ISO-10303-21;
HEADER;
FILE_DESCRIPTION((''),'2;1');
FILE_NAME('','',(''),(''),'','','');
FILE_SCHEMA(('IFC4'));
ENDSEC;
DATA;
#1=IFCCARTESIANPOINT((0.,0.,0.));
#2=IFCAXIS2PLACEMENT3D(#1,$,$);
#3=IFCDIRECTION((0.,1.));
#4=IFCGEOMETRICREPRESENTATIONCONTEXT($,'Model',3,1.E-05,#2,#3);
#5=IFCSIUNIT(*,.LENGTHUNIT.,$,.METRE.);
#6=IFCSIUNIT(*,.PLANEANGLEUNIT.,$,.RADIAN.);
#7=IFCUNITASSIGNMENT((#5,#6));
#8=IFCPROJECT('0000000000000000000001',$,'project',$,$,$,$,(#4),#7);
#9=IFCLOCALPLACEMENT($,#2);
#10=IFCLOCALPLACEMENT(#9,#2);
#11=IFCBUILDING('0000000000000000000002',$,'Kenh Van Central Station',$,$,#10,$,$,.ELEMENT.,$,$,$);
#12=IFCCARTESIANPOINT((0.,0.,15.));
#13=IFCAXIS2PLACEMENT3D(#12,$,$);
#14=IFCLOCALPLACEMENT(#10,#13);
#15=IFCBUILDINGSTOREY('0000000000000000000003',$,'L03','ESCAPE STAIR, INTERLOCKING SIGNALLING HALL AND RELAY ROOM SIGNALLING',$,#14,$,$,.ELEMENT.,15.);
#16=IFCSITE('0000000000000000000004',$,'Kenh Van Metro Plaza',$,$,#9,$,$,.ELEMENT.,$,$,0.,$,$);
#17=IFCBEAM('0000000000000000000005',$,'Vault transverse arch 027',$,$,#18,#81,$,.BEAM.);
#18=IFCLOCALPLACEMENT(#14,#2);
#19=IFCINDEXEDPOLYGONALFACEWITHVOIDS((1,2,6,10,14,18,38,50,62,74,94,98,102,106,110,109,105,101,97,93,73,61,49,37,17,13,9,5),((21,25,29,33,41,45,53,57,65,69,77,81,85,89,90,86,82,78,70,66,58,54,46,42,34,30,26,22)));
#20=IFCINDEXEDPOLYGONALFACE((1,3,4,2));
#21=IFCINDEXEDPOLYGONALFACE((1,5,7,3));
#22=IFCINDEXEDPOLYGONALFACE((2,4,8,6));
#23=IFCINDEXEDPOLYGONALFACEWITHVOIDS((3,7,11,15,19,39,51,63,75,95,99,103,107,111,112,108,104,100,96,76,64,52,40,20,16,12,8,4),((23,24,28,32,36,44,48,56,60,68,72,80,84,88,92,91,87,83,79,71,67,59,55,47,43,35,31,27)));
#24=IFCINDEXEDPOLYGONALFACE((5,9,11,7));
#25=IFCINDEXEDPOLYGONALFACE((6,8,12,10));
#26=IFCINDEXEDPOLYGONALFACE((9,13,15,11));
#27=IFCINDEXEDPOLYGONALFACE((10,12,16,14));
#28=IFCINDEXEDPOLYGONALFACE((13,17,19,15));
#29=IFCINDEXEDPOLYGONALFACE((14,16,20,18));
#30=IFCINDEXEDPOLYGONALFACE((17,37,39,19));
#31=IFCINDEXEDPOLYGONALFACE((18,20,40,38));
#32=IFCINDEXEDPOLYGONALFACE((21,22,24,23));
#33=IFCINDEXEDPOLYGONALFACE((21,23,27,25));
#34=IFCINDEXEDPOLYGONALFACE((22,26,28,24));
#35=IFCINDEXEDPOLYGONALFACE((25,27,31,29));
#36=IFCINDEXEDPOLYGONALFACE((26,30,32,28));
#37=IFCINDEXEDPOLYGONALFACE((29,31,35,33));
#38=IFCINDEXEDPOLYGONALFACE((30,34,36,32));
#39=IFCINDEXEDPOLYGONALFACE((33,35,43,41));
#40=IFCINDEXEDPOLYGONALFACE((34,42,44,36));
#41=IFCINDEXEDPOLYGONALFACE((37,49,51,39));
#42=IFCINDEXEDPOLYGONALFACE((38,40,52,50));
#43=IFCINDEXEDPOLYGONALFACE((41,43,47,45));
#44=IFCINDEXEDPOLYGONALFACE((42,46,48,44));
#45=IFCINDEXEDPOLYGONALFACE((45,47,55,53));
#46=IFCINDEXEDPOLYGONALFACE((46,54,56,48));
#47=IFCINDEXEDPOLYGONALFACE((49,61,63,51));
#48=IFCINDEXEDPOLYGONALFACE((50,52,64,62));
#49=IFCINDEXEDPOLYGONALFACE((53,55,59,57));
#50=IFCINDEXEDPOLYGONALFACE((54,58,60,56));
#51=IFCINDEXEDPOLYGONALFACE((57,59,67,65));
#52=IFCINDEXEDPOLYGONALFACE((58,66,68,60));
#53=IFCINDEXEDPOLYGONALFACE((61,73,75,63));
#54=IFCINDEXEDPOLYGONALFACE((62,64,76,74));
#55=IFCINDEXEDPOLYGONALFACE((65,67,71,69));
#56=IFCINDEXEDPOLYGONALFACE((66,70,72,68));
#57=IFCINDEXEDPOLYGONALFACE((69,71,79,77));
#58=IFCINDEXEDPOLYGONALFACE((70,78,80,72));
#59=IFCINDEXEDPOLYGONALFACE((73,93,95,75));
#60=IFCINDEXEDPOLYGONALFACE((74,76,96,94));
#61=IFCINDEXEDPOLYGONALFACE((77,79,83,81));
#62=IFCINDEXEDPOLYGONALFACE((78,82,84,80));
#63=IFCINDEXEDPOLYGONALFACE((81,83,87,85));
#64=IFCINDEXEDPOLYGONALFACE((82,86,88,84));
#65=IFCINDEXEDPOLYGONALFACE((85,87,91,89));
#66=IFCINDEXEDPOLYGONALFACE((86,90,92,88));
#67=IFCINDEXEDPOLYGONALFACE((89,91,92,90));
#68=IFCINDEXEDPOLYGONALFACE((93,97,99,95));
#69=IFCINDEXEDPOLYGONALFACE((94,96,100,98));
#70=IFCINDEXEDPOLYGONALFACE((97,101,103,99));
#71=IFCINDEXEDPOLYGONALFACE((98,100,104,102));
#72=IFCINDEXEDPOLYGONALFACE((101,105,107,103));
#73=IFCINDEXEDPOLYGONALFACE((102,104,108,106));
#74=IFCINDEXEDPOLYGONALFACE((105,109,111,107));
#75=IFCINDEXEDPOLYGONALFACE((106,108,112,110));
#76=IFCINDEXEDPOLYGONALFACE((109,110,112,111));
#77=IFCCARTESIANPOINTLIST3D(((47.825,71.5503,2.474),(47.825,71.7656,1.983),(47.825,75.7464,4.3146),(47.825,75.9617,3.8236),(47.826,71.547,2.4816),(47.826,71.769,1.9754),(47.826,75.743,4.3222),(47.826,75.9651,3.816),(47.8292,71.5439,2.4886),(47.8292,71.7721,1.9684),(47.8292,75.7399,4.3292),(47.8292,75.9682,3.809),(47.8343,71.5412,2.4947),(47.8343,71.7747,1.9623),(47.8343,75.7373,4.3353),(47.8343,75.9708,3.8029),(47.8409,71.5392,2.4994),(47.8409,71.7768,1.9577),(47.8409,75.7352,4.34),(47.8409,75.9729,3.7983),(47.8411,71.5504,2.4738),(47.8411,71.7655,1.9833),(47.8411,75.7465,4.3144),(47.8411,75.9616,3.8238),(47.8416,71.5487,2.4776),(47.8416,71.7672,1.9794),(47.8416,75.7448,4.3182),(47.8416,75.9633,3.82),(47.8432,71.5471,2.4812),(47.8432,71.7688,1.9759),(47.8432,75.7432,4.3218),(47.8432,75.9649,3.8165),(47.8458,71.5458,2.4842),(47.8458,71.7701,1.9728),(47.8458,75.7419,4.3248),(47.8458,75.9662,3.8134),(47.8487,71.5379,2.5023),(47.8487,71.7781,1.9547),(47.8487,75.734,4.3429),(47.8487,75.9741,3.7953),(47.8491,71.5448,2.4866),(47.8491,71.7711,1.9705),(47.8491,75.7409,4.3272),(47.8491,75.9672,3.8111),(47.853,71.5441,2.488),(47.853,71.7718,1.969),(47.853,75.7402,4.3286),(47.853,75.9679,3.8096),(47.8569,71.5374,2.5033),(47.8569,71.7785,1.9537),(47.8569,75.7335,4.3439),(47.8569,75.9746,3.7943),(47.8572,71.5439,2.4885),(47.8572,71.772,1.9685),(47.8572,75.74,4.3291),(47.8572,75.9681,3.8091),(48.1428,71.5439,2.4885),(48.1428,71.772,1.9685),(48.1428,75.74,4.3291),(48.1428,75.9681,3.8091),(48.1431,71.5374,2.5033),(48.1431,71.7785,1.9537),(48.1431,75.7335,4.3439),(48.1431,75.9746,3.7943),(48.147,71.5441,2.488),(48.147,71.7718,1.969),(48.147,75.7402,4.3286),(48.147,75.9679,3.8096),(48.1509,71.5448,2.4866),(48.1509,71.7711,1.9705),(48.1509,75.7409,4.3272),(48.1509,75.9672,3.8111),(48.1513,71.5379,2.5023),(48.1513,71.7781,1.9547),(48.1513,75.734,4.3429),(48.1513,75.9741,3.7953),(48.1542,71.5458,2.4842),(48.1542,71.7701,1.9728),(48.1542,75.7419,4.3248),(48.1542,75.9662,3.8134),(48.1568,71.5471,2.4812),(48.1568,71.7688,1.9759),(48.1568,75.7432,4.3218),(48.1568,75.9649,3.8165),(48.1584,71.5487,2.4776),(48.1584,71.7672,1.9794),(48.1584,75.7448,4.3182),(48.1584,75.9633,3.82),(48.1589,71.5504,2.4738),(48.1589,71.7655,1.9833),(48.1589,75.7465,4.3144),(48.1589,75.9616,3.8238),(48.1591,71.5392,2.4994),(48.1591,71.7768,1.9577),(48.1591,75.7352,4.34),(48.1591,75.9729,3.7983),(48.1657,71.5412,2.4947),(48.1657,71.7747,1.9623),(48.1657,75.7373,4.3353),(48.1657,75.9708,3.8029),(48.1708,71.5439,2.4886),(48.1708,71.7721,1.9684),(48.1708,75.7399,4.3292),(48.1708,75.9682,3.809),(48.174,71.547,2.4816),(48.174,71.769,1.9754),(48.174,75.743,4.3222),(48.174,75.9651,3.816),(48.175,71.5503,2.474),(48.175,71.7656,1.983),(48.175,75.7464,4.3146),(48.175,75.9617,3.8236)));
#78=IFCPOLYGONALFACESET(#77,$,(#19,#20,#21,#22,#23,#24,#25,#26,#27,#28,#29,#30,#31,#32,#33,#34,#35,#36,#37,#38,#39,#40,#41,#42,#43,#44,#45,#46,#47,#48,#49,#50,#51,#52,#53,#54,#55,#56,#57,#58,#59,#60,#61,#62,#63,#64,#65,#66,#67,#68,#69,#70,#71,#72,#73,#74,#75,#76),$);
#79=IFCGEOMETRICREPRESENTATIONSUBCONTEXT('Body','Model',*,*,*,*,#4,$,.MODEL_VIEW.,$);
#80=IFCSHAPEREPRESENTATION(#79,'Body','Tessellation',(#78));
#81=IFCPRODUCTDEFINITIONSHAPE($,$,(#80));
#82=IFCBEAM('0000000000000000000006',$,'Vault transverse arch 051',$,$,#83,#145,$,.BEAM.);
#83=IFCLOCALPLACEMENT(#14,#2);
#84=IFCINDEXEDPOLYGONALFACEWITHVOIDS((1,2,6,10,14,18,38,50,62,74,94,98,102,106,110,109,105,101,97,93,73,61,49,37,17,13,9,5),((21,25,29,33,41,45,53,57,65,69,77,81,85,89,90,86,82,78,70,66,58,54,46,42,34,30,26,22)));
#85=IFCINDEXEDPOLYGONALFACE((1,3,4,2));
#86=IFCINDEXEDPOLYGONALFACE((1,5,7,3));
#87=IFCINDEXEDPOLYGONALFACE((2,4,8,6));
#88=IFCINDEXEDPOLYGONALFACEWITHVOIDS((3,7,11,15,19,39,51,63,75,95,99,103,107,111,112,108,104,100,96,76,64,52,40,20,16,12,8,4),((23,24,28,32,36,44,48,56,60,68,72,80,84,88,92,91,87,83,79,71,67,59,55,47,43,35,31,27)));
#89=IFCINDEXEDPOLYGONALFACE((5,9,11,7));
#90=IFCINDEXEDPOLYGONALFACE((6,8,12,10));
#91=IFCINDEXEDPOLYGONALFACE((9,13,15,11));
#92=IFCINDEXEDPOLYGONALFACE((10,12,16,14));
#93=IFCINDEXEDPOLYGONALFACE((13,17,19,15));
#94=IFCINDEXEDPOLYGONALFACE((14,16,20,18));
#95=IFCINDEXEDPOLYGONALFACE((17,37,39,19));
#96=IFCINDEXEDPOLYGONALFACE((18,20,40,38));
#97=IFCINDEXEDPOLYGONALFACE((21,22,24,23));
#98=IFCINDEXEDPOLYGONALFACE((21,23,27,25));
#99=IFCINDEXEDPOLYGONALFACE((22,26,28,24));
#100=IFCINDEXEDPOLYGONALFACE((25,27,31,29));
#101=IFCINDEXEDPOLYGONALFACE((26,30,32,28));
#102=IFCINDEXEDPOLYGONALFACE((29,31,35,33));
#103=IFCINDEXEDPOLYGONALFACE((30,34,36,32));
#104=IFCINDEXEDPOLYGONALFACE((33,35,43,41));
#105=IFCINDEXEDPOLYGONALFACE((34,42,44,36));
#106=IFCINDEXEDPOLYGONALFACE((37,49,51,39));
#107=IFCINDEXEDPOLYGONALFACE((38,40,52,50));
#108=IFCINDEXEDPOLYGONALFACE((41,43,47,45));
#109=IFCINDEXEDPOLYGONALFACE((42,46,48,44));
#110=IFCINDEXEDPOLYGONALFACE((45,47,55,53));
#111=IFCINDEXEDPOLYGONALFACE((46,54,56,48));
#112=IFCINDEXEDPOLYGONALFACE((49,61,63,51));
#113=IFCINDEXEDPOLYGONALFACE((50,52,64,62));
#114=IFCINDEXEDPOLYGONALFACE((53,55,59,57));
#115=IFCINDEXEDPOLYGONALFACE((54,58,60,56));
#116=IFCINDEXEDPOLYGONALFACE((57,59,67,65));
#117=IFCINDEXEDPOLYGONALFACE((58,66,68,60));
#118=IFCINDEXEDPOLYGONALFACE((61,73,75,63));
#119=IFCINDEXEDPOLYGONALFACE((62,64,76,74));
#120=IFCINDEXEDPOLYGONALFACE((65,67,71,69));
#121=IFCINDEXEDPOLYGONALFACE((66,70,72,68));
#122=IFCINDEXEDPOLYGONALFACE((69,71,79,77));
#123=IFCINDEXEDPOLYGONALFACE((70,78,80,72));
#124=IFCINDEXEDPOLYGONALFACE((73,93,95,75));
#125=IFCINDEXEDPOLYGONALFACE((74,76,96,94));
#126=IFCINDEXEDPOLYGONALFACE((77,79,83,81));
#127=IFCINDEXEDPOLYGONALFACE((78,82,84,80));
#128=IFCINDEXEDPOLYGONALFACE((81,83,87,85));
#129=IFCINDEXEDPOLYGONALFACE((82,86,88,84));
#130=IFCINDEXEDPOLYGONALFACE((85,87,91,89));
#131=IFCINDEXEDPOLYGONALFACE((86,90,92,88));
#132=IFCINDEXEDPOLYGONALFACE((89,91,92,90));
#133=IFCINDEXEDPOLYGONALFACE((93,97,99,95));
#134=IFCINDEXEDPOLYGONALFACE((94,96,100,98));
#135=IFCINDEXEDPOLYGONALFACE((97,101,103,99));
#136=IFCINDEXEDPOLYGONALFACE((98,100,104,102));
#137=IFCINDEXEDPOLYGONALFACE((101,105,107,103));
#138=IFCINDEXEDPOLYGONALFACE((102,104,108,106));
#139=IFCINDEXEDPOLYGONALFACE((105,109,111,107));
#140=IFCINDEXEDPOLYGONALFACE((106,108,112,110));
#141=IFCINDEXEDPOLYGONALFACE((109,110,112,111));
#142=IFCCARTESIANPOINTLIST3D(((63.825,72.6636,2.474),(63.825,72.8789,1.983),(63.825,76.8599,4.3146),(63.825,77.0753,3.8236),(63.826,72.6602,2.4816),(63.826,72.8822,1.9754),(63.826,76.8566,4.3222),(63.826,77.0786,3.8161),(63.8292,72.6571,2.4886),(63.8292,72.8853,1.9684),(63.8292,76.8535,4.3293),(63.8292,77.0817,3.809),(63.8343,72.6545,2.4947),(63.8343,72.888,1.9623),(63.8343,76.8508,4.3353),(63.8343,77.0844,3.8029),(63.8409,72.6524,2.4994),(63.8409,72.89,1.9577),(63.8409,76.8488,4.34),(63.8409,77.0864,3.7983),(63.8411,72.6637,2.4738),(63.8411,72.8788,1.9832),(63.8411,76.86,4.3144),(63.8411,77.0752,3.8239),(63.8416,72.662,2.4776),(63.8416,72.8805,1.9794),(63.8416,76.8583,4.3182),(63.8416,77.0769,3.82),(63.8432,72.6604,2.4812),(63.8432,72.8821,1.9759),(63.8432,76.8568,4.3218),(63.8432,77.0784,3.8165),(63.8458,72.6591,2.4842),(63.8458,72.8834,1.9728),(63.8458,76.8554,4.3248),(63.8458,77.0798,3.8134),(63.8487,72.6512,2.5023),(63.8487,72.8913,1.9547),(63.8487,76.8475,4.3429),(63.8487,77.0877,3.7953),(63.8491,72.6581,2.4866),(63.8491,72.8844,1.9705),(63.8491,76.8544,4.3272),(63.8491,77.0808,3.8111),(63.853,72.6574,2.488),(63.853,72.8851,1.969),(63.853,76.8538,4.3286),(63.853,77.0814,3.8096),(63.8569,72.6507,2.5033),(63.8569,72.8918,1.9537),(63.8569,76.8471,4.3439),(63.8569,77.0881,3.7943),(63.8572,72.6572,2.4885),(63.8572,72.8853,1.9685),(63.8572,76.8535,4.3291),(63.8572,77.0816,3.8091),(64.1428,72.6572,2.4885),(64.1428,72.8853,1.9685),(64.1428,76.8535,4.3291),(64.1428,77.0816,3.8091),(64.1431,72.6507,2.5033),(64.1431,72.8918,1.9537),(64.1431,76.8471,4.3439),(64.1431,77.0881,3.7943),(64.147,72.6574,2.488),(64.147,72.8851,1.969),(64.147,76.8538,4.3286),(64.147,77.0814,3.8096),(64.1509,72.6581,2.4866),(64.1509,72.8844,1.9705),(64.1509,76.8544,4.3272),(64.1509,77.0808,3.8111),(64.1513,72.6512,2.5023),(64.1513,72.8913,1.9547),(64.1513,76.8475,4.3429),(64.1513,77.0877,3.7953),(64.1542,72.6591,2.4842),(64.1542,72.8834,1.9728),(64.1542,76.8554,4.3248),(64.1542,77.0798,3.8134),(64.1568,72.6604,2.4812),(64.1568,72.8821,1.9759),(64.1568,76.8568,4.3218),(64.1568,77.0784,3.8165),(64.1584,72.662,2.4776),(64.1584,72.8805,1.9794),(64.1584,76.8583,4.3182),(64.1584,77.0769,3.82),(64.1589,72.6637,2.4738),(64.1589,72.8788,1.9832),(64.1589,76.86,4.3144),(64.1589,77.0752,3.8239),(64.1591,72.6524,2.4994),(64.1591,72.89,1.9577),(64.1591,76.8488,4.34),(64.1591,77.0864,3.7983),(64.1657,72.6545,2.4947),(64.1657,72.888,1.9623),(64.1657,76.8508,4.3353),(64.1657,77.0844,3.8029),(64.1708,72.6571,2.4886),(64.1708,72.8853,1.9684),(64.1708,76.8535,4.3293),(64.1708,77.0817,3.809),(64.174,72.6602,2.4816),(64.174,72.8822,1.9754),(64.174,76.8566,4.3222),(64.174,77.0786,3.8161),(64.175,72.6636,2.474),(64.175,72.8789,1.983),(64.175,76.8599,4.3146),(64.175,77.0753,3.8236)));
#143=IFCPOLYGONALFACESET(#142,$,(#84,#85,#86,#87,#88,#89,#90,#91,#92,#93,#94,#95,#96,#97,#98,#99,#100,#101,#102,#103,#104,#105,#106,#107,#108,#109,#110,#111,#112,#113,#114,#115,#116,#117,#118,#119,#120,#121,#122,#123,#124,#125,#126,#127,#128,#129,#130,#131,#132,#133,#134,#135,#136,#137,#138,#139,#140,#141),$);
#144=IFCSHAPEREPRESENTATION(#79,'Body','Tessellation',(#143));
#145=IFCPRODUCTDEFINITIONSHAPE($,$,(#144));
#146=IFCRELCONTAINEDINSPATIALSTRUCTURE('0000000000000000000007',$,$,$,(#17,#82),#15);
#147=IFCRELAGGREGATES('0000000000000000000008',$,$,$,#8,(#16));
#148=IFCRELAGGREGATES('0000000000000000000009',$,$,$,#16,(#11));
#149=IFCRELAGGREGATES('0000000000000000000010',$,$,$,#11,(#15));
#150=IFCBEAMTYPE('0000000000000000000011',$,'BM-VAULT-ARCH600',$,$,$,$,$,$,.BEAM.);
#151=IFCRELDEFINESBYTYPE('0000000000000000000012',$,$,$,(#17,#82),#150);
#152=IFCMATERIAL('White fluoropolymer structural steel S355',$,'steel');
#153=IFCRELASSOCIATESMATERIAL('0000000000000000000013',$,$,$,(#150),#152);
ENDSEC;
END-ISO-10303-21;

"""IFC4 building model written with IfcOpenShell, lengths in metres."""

from ifc_helpers import new_model, si_unit, direction, frame, origin, origin_2d, place, context, subcontext, project, spatial, hollow_rectangle, extrude, material, material_profile, profile_set, type_object, element, save


model = new_model("IFC4")

# Units and contexts
model_context = context("Model", 3, precision=1e-05, world=origin(), true_north=direction((0.0, 1.0)))
body_context = subcontext(model_context, "Body", "Model", "MODEL_VIEW")
ifc_project = project(units=[si_unit("LENGTHUNIT", "METRE"), si_unit("PLANEANGLEUNIT", "RADIAN")], contexts=[model_context])

# Site, building, storey
site_placement = place(None, origin())
site = spatial("IfcSite", under=ifc_project, at=site_placement, Name="Kenh Van Metro Plaza", CompositionType="ELEMENT", RefElevation=0.0)
building_placement = place(site_placement, origin())
building = spatial("IfcBuilding", under=site, at=building_placement, Name="Kenh Van Central Station", CompositionType="ELEMENT")
storey_placement = place(building_placement, frame((0.0, 0.0, 15.0)))
storey = spatial("IfcBuildingStorey", under=building, at=storey_placement, Name="L03", Description="ESCAPE STAIR, INTERLOCKING SIGNALLING HALL AND RELAY ROOM SIGNALLING", CompositionType="ELEMENT", Elevation=15.0)

# Beams
ifc_material_1 = material(Name="White fluoropolymer structural steel S355", Category="steel")
ifc_material_profile_1 = material_profile(ifc_material_1, hollow_rectangle(XDim=0.3501, YDim=0.6001, WallThickness=0.0161, InnerFilletRadius=0.0161, OuterFilletRadius=0.032, at=origin_2d()), Name="RHS 600x350x16")
ifc_profile_set_1 = profile_set([ifc_material_profile_1], Name="White fluoropolymer structural steel S355")
beam_type_1 = type_object("IfcBeamType", Name="BM-VAULT-ARCH600", PredefinedType="BEAM", material=ifc_profile_set_1)
beam_1_placement = place(storey_placement, frame((48.0, 71.658, 2.2285), z_axis=(0.0, 0.915772, 0.401699), x_axis=(-1.0, 0.0, 0.0)))
element("IfcBeam", 1, at=beam_1_placement, inside=storey, type_object=beam_type_1, Name="Vault transverse arch 027", PredefinedType="BEAM", context=body_context, shape_type="SweptSolid", body=[
    extrude(hollow_rectangle(XDim=0.3501, YDim=0.6001, WallThickness=0.0161, InnerFilletRadius=0.0161, OuterFilletRadius=0.032, at=origin_2d()), origin(), (0.0, 0.0, 1.0), 4.582),
])
beam_2_placement = place(storey_placement, frame((64.0, 72.7712, 2.2285), z_axis=(0.0, 0.91578, 0.40168), x_axis=(-1.0, 0.0, 0.0)))
element("IfcBeam", 2, at=beam_2_placement, inside=storey, type_object=beam_type_1, Name="Vault transverse arch 051", PredefinedType="BEAM", context=body_context, shape_type="SweptSolid", body=[
    extrude(hollow_rectangle(XDim=0.3501, YDim=0.6001, WallThickness=0.0161, InnerFilletRadius=0.0161, OuterFilletRadius=0.032, at=origin_2d()), origin(), (0.0, 0.0, 1.0), 4.5823),
])

save(model, "model.ifc")
